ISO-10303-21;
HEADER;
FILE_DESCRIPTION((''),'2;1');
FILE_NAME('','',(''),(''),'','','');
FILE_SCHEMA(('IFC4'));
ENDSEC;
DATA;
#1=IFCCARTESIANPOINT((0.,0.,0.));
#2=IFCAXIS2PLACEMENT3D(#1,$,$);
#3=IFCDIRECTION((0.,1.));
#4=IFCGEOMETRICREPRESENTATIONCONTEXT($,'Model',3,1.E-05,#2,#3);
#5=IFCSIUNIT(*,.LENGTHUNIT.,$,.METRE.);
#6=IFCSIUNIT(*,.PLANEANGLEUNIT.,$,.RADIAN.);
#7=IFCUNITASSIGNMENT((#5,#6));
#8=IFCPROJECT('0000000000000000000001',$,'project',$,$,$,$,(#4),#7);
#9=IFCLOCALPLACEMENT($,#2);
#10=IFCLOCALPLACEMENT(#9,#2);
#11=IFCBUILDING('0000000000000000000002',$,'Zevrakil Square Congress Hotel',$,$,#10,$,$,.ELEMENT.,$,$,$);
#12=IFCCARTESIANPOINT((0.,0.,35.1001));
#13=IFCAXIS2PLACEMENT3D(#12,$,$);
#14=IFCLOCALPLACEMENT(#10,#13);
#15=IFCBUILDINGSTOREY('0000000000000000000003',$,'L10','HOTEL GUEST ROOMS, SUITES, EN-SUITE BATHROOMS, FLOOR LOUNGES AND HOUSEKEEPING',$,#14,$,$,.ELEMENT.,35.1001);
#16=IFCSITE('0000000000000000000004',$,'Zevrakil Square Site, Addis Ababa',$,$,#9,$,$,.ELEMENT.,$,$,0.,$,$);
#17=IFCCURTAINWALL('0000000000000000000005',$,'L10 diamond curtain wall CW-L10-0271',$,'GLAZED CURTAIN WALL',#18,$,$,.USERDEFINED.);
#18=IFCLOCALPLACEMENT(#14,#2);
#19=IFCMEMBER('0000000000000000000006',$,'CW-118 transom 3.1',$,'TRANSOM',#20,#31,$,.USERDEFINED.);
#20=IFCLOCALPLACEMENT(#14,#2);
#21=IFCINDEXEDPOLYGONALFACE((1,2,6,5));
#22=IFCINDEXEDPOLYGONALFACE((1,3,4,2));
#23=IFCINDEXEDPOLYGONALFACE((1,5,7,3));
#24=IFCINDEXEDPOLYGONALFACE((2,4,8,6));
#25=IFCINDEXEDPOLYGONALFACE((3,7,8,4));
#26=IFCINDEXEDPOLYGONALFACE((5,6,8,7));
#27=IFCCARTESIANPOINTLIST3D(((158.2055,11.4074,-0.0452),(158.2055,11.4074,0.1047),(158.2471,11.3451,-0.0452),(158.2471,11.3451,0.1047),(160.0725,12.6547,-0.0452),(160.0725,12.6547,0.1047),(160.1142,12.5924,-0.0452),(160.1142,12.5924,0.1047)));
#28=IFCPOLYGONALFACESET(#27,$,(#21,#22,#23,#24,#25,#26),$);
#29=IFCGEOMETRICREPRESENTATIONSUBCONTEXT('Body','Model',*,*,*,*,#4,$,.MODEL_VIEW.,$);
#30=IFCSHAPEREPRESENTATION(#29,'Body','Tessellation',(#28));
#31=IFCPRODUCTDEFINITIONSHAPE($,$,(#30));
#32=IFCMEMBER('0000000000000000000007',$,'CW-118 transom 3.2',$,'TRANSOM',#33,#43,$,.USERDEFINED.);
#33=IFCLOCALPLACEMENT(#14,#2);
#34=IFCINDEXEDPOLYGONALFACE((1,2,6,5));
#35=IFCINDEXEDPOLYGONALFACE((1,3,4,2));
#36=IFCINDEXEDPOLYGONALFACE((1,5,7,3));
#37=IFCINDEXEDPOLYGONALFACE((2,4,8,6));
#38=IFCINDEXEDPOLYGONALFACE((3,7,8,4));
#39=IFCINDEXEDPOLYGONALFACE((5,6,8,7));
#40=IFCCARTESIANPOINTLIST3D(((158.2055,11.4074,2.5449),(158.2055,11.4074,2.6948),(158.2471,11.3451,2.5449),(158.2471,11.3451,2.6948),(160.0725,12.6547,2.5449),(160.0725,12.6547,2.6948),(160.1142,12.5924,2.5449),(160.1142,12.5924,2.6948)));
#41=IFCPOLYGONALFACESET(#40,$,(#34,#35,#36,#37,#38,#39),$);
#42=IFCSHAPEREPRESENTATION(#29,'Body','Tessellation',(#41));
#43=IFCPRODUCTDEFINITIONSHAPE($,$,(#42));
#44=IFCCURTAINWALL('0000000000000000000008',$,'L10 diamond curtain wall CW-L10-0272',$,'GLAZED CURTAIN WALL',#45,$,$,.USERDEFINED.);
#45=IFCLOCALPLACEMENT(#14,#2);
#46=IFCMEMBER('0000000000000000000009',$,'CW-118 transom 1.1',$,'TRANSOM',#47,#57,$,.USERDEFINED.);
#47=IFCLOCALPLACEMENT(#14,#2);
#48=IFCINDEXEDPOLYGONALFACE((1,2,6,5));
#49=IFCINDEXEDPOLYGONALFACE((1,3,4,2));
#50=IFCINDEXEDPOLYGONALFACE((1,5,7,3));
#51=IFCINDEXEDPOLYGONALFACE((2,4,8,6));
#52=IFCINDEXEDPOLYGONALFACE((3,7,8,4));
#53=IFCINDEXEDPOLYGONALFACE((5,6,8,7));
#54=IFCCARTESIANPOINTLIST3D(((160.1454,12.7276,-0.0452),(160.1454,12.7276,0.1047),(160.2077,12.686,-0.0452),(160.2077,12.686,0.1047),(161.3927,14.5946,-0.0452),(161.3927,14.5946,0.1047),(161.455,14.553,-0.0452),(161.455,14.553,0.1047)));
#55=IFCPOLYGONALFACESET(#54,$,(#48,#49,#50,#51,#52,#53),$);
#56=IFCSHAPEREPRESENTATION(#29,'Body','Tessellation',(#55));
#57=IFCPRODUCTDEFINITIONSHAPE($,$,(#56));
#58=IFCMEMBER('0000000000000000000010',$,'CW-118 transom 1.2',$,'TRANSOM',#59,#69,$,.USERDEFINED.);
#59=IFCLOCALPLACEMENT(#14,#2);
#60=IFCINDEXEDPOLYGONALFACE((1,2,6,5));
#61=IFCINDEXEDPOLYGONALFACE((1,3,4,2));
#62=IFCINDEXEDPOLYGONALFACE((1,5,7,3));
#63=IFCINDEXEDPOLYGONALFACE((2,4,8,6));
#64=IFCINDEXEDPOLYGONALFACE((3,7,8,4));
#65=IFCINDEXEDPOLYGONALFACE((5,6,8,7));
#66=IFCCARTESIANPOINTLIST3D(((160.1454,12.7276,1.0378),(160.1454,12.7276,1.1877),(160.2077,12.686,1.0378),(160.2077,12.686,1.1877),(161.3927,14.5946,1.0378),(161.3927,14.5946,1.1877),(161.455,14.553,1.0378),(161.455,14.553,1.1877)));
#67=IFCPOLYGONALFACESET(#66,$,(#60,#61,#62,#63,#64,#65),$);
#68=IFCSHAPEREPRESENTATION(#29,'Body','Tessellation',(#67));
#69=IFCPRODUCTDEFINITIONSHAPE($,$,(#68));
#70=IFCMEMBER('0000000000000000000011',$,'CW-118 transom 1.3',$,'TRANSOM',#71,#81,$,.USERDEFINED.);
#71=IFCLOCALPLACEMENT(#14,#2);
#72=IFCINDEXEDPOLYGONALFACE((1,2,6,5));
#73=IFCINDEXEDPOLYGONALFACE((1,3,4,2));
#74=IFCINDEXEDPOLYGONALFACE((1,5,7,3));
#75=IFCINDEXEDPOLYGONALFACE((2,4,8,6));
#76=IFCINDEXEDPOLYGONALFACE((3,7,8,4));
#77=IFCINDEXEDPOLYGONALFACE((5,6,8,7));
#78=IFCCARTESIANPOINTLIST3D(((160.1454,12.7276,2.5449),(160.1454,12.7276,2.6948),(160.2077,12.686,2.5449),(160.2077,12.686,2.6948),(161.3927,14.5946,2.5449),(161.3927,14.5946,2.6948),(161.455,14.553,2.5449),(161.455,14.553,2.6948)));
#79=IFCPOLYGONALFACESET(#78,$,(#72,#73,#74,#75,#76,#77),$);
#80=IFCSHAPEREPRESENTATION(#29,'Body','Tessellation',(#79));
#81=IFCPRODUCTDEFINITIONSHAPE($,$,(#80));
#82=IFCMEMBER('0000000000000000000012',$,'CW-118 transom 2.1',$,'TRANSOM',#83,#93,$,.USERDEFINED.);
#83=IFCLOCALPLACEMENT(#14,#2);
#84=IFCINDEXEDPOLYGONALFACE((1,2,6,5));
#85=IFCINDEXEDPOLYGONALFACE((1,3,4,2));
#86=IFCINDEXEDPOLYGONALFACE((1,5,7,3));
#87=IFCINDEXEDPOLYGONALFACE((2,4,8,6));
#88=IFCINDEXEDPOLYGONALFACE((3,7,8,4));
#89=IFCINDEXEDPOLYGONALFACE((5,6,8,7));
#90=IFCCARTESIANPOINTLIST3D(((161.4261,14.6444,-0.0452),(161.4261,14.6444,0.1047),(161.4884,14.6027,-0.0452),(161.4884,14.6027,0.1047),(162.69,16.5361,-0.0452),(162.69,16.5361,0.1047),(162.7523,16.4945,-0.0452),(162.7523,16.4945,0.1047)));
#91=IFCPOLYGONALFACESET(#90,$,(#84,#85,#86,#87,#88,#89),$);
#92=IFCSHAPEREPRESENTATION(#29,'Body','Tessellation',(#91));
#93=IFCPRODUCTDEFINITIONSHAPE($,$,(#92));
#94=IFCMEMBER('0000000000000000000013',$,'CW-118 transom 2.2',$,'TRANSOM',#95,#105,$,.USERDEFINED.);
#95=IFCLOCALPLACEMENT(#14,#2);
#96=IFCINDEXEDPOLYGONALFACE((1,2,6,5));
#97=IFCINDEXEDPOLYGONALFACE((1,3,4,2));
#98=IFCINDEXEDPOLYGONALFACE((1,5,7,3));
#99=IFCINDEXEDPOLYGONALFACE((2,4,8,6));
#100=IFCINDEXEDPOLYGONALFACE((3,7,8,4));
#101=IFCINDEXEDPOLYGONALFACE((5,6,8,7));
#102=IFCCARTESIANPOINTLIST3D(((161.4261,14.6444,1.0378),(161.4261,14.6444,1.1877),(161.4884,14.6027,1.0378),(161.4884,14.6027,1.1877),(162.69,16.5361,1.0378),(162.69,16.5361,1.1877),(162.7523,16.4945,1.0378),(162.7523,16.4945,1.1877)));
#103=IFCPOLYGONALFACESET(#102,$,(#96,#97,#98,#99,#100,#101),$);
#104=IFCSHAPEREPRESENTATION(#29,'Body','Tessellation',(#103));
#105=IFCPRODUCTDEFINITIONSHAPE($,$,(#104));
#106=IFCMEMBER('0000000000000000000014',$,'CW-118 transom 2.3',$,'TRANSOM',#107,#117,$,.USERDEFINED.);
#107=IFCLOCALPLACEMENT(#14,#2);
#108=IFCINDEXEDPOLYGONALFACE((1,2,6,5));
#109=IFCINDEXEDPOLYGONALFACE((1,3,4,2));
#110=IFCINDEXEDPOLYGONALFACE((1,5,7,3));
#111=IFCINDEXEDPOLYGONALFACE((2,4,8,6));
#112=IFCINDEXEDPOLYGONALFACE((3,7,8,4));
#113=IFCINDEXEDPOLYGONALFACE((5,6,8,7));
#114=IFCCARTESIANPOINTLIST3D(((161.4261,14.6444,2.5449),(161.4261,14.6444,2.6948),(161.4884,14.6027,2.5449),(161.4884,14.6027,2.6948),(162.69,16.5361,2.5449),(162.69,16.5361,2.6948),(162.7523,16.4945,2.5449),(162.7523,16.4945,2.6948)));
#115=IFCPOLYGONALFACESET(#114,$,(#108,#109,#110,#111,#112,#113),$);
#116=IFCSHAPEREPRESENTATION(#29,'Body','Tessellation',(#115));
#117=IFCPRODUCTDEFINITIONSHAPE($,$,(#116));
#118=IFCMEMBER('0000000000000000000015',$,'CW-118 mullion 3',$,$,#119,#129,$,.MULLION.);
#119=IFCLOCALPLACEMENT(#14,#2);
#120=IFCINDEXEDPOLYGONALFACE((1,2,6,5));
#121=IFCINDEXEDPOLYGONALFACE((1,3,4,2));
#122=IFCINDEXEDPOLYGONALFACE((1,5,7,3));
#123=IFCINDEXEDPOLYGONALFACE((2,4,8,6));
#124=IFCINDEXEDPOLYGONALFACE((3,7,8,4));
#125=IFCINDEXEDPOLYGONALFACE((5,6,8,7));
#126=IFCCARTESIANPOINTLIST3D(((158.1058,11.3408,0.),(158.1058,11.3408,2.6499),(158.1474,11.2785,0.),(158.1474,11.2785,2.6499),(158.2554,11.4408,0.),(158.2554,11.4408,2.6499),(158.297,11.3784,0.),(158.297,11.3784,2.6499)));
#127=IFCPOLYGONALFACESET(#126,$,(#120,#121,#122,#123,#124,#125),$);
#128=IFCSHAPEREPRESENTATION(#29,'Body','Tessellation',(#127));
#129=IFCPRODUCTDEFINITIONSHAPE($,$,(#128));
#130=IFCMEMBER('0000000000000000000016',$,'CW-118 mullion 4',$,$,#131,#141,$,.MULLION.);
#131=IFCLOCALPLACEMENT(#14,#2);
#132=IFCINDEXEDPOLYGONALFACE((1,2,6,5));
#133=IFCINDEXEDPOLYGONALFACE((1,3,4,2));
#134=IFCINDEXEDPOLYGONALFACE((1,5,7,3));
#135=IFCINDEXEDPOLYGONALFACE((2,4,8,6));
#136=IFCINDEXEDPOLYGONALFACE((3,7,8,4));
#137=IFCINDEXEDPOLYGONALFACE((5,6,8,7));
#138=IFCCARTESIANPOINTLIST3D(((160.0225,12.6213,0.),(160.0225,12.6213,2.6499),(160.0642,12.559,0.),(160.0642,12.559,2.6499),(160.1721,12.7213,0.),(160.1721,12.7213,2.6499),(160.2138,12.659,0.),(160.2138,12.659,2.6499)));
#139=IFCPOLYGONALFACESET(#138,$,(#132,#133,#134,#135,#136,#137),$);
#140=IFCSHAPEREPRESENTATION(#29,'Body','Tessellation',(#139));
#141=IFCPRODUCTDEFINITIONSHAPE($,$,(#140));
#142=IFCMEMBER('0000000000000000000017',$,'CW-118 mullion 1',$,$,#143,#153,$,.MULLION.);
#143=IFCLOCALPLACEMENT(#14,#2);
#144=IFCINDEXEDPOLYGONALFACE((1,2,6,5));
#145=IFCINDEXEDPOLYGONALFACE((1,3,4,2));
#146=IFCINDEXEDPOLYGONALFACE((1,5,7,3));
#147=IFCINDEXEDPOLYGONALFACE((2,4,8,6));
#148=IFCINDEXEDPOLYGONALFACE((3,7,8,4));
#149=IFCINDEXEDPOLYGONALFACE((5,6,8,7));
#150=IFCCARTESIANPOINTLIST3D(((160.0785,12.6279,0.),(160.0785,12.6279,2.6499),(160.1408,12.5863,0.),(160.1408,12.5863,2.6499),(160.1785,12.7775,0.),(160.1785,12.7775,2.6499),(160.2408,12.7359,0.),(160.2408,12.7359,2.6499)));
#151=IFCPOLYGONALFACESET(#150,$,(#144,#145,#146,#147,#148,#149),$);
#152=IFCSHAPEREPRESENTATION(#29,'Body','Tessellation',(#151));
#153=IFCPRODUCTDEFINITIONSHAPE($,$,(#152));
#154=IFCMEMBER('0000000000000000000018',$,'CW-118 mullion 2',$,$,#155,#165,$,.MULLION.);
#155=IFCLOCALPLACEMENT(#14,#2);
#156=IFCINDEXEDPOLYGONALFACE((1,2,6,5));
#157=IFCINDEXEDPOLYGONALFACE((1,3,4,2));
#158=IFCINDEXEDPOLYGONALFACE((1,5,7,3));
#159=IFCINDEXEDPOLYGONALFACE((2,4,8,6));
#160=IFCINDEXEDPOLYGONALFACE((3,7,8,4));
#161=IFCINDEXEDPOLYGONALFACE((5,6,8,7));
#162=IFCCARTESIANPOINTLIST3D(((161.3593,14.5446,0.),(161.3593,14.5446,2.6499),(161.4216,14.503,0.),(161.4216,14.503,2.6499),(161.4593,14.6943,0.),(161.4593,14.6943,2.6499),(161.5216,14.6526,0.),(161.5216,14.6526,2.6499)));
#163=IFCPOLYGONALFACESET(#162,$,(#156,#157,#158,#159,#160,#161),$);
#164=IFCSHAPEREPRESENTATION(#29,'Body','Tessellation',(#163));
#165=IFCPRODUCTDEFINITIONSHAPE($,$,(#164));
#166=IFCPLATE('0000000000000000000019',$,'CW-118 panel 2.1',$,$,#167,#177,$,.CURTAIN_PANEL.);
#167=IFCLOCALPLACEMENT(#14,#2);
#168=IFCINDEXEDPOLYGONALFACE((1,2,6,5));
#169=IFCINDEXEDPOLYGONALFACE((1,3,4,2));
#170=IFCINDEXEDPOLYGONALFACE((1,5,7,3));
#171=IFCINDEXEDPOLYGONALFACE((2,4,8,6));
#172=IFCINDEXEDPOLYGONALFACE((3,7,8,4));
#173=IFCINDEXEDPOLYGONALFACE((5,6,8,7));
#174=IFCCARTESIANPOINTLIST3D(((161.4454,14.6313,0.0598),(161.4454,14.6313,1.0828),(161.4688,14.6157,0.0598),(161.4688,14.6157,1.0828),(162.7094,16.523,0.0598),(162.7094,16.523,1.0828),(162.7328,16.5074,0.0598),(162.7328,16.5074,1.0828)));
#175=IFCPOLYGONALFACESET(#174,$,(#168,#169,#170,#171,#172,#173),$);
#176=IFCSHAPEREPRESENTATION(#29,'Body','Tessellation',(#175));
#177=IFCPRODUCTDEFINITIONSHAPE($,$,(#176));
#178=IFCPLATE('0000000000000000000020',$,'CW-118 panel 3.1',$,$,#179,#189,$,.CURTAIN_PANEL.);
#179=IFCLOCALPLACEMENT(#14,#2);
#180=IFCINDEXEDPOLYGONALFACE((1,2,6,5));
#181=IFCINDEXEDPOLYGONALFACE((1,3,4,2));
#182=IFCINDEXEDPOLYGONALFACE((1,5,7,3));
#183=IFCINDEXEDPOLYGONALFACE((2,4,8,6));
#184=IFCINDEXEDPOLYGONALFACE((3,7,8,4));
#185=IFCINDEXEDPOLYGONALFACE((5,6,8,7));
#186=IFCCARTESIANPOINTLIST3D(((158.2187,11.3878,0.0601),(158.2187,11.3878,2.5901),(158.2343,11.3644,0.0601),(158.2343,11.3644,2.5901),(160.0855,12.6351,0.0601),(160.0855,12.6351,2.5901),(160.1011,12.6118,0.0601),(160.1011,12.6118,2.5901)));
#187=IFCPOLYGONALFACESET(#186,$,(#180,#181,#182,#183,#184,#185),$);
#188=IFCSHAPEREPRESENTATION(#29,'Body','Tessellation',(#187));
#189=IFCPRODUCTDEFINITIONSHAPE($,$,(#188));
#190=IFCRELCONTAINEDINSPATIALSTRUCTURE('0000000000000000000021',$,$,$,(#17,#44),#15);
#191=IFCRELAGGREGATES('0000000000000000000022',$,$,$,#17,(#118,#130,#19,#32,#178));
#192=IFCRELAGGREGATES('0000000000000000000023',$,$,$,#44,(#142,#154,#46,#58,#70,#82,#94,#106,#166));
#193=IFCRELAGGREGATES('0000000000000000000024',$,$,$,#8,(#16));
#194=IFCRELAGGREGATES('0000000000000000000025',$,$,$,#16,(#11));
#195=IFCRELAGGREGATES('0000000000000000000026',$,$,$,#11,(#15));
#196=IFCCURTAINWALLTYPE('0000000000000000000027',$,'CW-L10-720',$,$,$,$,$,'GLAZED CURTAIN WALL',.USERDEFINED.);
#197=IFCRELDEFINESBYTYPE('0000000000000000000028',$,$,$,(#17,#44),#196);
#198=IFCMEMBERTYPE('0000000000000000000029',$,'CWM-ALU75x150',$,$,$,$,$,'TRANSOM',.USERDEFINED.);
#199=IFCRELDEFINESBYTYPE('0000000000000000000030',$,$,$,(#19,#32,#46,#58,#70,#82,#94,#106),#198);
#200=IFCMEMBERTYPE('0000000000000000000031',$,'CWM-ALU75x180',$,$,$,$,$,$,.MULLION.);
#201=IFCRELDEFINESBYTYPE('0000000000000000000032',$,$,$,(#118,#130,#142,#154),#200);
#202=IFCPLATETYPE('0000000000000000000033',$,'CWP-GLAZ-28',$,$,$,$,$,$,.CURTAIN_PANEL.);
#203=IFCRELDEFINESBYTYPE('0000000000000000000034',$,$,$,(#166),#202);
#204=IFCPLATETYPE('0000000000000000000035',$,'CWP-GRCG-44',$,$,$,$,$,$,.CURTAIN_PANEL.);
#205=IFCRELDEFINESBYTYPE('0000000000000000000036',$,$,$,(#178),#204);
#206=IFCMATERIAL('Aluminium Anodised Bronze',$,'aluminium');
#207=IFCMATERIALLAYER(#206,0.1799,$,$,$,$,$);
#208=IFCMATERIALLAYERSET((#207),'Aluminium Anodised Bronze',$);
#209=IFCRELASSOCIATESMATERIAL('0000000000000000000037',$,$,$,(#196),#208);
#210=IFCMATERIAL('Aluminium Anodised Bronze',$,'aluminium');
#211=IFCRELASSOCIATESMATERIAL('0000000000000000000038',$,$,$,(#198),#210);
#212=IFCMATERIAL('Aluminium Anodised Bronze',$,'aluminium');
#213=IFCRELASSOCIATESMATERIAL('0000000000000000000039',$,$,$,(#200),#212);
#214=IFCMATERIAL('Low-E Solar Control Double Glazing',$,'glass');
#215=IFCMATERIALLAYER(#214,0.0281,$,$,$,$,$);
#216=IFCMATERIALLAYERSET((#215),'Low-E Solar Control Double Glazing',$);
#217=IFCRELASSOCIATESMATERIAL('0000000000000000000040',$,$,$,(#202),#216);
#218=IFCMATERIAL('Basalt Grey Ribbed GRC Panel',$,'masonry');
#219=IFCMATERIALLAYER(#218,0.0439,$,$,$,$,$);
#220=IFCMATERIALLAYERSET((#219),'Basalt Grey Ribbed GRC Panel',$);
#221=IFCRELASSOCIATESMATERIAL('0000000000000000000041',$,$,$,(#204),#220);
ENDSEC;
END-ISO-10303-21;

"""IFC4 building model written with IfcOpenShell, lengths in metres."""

from ifc_helpers import new_model, si_unit, direction, frame, origin, origin_2d, place, context, subcontext, project, spatial, rectangle, extrude, material, layer, layer_set, material_profile, profile_set, type_object, element, aggregate, save


model = new_model("IFC4")

# Units and contexts
model_context = context("Model", 3, precision=1e-05, world=origin(), true_north=direction((0.0, 1.0)))
body_context = subcontext(model_context, "Body", "Model", "MODEL_VIEW")
ifc_project = project(units=[si_unit("LENGTHUNIT", "METRE"), si_unit("PLANEANGLEUNIT", "RADIAN")], contexts=[model_context])

# Site, building, storey
site_placement = place(None, origin())
site = spatial("IfcSite", under=ifc_project, at=site_placement, Name="Zevrakil Square Site, Addis Ababa", CompositionType="ELEMENT", RefElevation=0.0)
building_placement = place(site_placement, origin())
building = spatial("IfcBuilding", under=site, at=building_placement, Name="Zevrakil Square Congress Hotel", CompositionType="ELEMENT")
storey_placement = place(building_placement, frame((0.0, 0.0, 35.1001)))
storey = spatial("IfcBuildingStorey", under=building, at=storey_placement, Name="L10", Description="HOTEL GUEST ROOMS, SUITES, EN-SUITE BATHROOMS, FLOOR LOUNGES AND HOUSEKEEPING", CompositionType="ELEMENT", Elevation=35.1001)

# Curtain walls, members
ifc_material_1 = material(Name="Aluminium Anodised Bronze", Category="aluminium")
ifc_layer_1 = layer(ifc_material_1, 0.1799)
ifc_layer_set_1 = layer_set([ifc_layer_1], Name="Aluminium Anodised Bronze")
curtain_wall_type = type_object("IfcCurtainWallType", Name="CW-L10-720", ElementType="GLAZED CURTAIN WALL", PredefinedType="USERDEFINED", material=ifc_layer_set_1)
curtain_wall_1_placement = place(storey_placement, origin())
curtain_wall_1 = element("IfcCurtainWall", 1, at=curtain_wall_1_placement, inside=storey, type_object=curtain_wall_type, Name="L10 diamond curtain wall CW-L10-0271", ObjectType="GLAZED CURTAIN WALL", PredefinedType="USERDEFINED")
ifc_material_2 = material(Name="Aluminium Anodised Bronze", Category="aluminium")
ifc_material_profile_1 = material_profile(ifc_material_2, rectangle(XDim=0.075, YDim=0.1499, at=origin_2d()), Name="ALU 75x150")
ifc_profile_set_1 = profile_set([ifc_material_profile_1], Name="Aluminium Anodised Bronze")
member_type_1 = type_object("IfcMemberType", Name="CWM-ALU75x150", ElementType="TRANSOM", PredefinedType="USERDEFINED", material=ifc_profile_set_1)
member_1_placement = place(storey_placement, frame((158.2263, 11.3762, 0.0298), z_axis=(0.831498, 0.555528, 0.0), x_axis=(-0.555528, 0.831498, 0.0)))
member_1 = element("IfcMember", 2, at=member_1_placement, type_object=member_type_1, Name="CW-118 transom 3.1", ObjectType="TRANSOM", PredefinedType="USERDEFINED", context=body_context, shape_type="SweptSolid", body=[
    extrude(rectangle(XDim=0.075, YDim=0.1499, at=origin_2d()), origin(), (0.0, 0.0, 1.0), 2.2454),
])
member_2_placement = place(storey_placement, frame((158.2263, 11.3762, 2.6199), z_axis=(0.831498, 0.555528, 0.0), x_axis=(-0.555528, 0.831498, 0.0)))
member_2 = element("IfcMember", 3, at=member_2_placement, type_object=member_type_1, Name="CW-118 transom 3.2", ObjectType="TRANSOM", PredefinedType="USERDEFINED", context=body_context, shape_type="SweptSolid", body=[
    extrude(rectangle(XDim=0.075, YDim=0.1499, at=origin_2d()), origin(), (0.0, 0.0, 1.0), 2.2454),
])
curtain_wall_2_placement = place(storey_placement, origin())
curtain_wall_2 = element("IfcCurtainWall", 4, at=curtain_wall_2_placement, inside=storey, type_object=curtain_wall_type, Name="L10 diamond curtain wall CW-L10-0272", ObjectType="GLAZED CURTAIN WALL", PredefinedType="USERDEFINED")
member_3_placement = place(storey_placement, frame((160.1765, 12.7068, 0.0298), z_axis=(0.555528, 0.831498, 0.0), x_axis=(-0.831498, 0.555528, 0.0)))
member_3 = element("IfcMember", 5, at=member_3_placement, type_object=member_type_1, Name="CW-118 transom 1.1", ObjectType="TRANSOM", PredefinedType="USERDEFINED", context=body_context, shape_type="SweptSolid", body=[
    extrude(rectangle(XDim=0.075, YDim=0.1499, at=origin_2d()), origin(), (0.0, 0.0, 1.0), 2.2454),
])
member_4_placement = place(storey_placement, frame((160.1765, 12.7068, 1.1128), z_axis=(0.555528, 0.831498, 0.0), x_axis=(-0.831498, 0.555528, 0.0)))
member_4 = element("IfcMember", 6, at=member_4_placement, type_object=member_type_1, Name="CW-118 transom 1.2", ObjectType="TRANSOM", PredefinedType="USERDEFINED", context=body_context, shape_type="SweptSolid", body=[
    extrude(rectangle(XDim=0.075, YDim=0.1499, at=origin_2d()), origin(), (0.0, 0.0, 1.0), 2.2454),
])
member_5_placement = place(storey_placement, frame((160.1765, 12.7068, 2.6199), z_axis=(0.555528, 0.831498, 0.0), x_axis=(-0.831498, 0.555528, 0.0)))
member_5 = element("IfcMember", 7, at=member_5_placement, type_object=member_type_1, Name="CW-118 transom 1.3", ObjectType="TRANSOM", PredefinedType="USERDEFINED", context=body_context, shape_type="SweptSolid", body=[
    extrude(rectangle(XDim=0.075, YDim=0.1499, at=origin_2d()), origin(), (0.0, 0.0, 1.0), 2.2454),
])
member_6_placement = place(storey_placement, frame((161.4573, 14.6235, 0.0298), z_axis=(0.555517, 0.831505, 0.0), x_axis=(-0.831505, 0.555517, 0.0)))
member_6 = element("IfcMember", 8, at=member_6_placement, type_object=member_type_1, Name="CW-118 transom 2.1", ObjectType="TRANSOM", PredefinedType="USERDEFINED", context=body_context, shape_type="SweptSolid", body=[
    extrude(rectangle(XDim=0.075, YDim=0.1499, at=origin_2d()), origin(), (0.0, 0.0, 1.0), 2.2751),
])
member_7_placement = place(storey_placement, frame((161.4573, 14.6235, 1.1128), z_axis=(0.555517, 0.831505, 0.0), x_axis=(-0.831505, 0.555517, 0.0)))
member_7 = element("IfcMember", 9, at=member_7_placement, type_object=member_type_1, Name="CW-118 transom 2.2", ObjectType="TRANSOM", PredefinedType="USERDEFINED", context=body_context, shape_type="SweptSolid", body=[
    extrude(rectangle(XDim=0.075, YDim=0.1499, at=origin_2d()), origin(), (0.0, 0.0, 1.0), 2.2751),
])
member_8_placement = place(storey_placement, frame((161.4573, 14.6235, 2.6199), z_axis=(0.555517, 0.831505, 0.0), x_axis=(-0.831505, 0.555517, 0.0)))
member_8 = element("IfcMember", 10, at=member_8_placement, type_object=member_type_1, Name="CW-118 transom 2.3", ObjectType="TRANSOM", PredefinedType="USERDEFINED", context=body_context, shape_type="SweptSolid", body=[
    extrude(rectangle(XDim=0.075, YDim=0.1499, at=origin_2d()), origin(), (0.0, 0.0, 1.0), 2.2751),
])

# Members
ifc_material_3 = material(Name="Aluminium Anodised Bronze", Category="aluminium")
ifc_material_profile_2 = material_profile(ifc_material_3, rectangle(XDim=0.075, YDim=0.1799, at=origin_2d()), Name="ALU 75x180")
ifc_profile_set_2 = profile_set([ifc_material_profile_2], Name="Aluminium Anodised Bronze")
member_type_2 = type_object("IfcMemberType", Name="CWM-ALU75x180", PredefinedType="MULLION", material=ifc_profile_set_2)
member_9_placement = place(storey_placement, frame((158.2014, 11.3596, 0.0), z_axis=(0.0, 0.0, 1.0), x_axis=(-0.555576, 0.831466, 0.0)))
member_9 = element("IfcMember", 11, at=member_9_placement, type_object=member_type_2, Name="CW-118 mullion 3", PredefinedType="MULLION", context=body_context, shape_type="SweptSolid", body=[
    extrude(rectangle(XDim=0.075, YDim=0.1799, at=origin_2d()), origin(), (0.0, 0.0, 1.0), 2.6499),
])
member_10_placement = place(storey_placement, frame((160.1182, 12.6401, 0.0), z_axis=(0.0, 0.0, 1.0), x_axis=(-0.555576, 0.831466, 0.0)))
member_10 = element("IfcMember", 12, at=member_10_placement, type_object=member_type_2, Name="CW-118 mullion 4", PredefinedType="MULLION", context=body_context, shape_type="SweptSolid", body=[
    extrude(rectangle(XDim=0.075, YDim=0.1799, at=origin_2d()), origin(), (0.0, 0.0, 1.0), 2.6499),
])
member_11_placement = place(storey_placement, frame((160.1597, 12.6819, 0.0), z_axis=(0.0, 0.0, 1.0), x_axis=(-0.831466, 0.555576, 0.0)))
member_11 = element("IfcMember", 13, at=member_11_placement, type_object=member_type_2, Name="CW-118 mullion 1", PredefinedType="MULLION", context=body_context, shape_type="SweptSolid", body=[
    extrude(rectangle(XDim=0.075, YDim=0.1799, at=origin_2d()), origin(), (0.0, 0.0, 1.0), 2.6499),
])
member_12_placement = place(storey_placement, frame((161.4404, 14.5986, 0.0), z_axis=(0.0, 0.0, 1.0), x_axis=(-0.831466, 0.555576, 0.0)))
member_12 = element("IfcMember", 14, at=member_12_placement, type_object=member_type_2, Name="CW-118 mullion 2", PredefinedType="MULLION", context=body_context, shape_type="SweptSolid", body=[
    extrude(rectangle(XDim=0.075, YDim=0.1799, at=origin_2d()), origin(), (0.0, 0.0, 1.0), 2.6499),
])

# Plates
ifc_material_4 = material(Name="Low-E Solar Control Double Glazing", Category="glass")
ifc_layer_2 = layer(ifc_material_4, 0.0281)
ifc_layer_set_2 = layer_set([ifc_layer_2], Name="Low-E Solar Control Double Glazing")
plate_type_1 = type_object("IfcPlateType", Name="CWP-GLAZ-28", PredefinedType="CURTAIN_PANEL", material=ifc_layer_set_2)
plate_1_placement = place(storey_placement, frame((162.0891, 15.5693, 0.0598), z_axis=(0.0, 0.0, 1.0), x_axis=(0.555576, 0.831466, 0.0)))
plate_1 = element("IfcPlate", 15, at=plate_1_placement, type_object=plate_type_1, Name="CW-118 panel 2.1", PredefinedType="CURTAIN_PANEL", context=body_context, shape_type="SweptSolid", body=[
    extrude(rectangle(XDim=2.2751, YDim=0.0281, at=origin_2d()), origin(), (0.0, 0.0, 1.0), 1.0229),
])
ifc_material_5 = material(Name="Basalt Grey Ribbed GRC Panel", Category="masonry")
ifc_layer_3 = layer(ifc_material_5, 0.0439)
ifc_layer_set_3 = layer_set([ifc_layer_3], Name="Basalt Grey Ribbed GRC Panel")
plate_type_2 = type_object("IfcPlateType", Name="CWP-GRCG-44", PredefinedType="CURTAIN_PANEL", material=ifc_layer_set_3)
plate_2_placement = place(storey_placement, frame((159.1599, 11.9998, 0.0601), z_axis=(0.0, 0.0, 1.0), x_axis=(0.831466, 0.555576, 0.0)))
plate_2 = element("IfcPlate", 16, at=plate_2_placement, type_object=plate_type_2, Name="CW-118 panel 3.1", PredefinedType="CURTAIN_PANEL", context=body_context, shape_type="SweptSolid", body=[
    extrude(rectangle(XDim=2.2451, YDim=0.0281, at=origin_2d()), origin(), (0.0, 0.0, 1.0), 2.53),
])
aggregate(curtain_wall_1, [member_9, member_10, member_1, member_2, plate_2])
aggregate(curtain_wall_2, [member_11, member_12, member_3, member_4, member_5, member_6, member_7, member_8, plate_1])

save(model, "model.ifc")
